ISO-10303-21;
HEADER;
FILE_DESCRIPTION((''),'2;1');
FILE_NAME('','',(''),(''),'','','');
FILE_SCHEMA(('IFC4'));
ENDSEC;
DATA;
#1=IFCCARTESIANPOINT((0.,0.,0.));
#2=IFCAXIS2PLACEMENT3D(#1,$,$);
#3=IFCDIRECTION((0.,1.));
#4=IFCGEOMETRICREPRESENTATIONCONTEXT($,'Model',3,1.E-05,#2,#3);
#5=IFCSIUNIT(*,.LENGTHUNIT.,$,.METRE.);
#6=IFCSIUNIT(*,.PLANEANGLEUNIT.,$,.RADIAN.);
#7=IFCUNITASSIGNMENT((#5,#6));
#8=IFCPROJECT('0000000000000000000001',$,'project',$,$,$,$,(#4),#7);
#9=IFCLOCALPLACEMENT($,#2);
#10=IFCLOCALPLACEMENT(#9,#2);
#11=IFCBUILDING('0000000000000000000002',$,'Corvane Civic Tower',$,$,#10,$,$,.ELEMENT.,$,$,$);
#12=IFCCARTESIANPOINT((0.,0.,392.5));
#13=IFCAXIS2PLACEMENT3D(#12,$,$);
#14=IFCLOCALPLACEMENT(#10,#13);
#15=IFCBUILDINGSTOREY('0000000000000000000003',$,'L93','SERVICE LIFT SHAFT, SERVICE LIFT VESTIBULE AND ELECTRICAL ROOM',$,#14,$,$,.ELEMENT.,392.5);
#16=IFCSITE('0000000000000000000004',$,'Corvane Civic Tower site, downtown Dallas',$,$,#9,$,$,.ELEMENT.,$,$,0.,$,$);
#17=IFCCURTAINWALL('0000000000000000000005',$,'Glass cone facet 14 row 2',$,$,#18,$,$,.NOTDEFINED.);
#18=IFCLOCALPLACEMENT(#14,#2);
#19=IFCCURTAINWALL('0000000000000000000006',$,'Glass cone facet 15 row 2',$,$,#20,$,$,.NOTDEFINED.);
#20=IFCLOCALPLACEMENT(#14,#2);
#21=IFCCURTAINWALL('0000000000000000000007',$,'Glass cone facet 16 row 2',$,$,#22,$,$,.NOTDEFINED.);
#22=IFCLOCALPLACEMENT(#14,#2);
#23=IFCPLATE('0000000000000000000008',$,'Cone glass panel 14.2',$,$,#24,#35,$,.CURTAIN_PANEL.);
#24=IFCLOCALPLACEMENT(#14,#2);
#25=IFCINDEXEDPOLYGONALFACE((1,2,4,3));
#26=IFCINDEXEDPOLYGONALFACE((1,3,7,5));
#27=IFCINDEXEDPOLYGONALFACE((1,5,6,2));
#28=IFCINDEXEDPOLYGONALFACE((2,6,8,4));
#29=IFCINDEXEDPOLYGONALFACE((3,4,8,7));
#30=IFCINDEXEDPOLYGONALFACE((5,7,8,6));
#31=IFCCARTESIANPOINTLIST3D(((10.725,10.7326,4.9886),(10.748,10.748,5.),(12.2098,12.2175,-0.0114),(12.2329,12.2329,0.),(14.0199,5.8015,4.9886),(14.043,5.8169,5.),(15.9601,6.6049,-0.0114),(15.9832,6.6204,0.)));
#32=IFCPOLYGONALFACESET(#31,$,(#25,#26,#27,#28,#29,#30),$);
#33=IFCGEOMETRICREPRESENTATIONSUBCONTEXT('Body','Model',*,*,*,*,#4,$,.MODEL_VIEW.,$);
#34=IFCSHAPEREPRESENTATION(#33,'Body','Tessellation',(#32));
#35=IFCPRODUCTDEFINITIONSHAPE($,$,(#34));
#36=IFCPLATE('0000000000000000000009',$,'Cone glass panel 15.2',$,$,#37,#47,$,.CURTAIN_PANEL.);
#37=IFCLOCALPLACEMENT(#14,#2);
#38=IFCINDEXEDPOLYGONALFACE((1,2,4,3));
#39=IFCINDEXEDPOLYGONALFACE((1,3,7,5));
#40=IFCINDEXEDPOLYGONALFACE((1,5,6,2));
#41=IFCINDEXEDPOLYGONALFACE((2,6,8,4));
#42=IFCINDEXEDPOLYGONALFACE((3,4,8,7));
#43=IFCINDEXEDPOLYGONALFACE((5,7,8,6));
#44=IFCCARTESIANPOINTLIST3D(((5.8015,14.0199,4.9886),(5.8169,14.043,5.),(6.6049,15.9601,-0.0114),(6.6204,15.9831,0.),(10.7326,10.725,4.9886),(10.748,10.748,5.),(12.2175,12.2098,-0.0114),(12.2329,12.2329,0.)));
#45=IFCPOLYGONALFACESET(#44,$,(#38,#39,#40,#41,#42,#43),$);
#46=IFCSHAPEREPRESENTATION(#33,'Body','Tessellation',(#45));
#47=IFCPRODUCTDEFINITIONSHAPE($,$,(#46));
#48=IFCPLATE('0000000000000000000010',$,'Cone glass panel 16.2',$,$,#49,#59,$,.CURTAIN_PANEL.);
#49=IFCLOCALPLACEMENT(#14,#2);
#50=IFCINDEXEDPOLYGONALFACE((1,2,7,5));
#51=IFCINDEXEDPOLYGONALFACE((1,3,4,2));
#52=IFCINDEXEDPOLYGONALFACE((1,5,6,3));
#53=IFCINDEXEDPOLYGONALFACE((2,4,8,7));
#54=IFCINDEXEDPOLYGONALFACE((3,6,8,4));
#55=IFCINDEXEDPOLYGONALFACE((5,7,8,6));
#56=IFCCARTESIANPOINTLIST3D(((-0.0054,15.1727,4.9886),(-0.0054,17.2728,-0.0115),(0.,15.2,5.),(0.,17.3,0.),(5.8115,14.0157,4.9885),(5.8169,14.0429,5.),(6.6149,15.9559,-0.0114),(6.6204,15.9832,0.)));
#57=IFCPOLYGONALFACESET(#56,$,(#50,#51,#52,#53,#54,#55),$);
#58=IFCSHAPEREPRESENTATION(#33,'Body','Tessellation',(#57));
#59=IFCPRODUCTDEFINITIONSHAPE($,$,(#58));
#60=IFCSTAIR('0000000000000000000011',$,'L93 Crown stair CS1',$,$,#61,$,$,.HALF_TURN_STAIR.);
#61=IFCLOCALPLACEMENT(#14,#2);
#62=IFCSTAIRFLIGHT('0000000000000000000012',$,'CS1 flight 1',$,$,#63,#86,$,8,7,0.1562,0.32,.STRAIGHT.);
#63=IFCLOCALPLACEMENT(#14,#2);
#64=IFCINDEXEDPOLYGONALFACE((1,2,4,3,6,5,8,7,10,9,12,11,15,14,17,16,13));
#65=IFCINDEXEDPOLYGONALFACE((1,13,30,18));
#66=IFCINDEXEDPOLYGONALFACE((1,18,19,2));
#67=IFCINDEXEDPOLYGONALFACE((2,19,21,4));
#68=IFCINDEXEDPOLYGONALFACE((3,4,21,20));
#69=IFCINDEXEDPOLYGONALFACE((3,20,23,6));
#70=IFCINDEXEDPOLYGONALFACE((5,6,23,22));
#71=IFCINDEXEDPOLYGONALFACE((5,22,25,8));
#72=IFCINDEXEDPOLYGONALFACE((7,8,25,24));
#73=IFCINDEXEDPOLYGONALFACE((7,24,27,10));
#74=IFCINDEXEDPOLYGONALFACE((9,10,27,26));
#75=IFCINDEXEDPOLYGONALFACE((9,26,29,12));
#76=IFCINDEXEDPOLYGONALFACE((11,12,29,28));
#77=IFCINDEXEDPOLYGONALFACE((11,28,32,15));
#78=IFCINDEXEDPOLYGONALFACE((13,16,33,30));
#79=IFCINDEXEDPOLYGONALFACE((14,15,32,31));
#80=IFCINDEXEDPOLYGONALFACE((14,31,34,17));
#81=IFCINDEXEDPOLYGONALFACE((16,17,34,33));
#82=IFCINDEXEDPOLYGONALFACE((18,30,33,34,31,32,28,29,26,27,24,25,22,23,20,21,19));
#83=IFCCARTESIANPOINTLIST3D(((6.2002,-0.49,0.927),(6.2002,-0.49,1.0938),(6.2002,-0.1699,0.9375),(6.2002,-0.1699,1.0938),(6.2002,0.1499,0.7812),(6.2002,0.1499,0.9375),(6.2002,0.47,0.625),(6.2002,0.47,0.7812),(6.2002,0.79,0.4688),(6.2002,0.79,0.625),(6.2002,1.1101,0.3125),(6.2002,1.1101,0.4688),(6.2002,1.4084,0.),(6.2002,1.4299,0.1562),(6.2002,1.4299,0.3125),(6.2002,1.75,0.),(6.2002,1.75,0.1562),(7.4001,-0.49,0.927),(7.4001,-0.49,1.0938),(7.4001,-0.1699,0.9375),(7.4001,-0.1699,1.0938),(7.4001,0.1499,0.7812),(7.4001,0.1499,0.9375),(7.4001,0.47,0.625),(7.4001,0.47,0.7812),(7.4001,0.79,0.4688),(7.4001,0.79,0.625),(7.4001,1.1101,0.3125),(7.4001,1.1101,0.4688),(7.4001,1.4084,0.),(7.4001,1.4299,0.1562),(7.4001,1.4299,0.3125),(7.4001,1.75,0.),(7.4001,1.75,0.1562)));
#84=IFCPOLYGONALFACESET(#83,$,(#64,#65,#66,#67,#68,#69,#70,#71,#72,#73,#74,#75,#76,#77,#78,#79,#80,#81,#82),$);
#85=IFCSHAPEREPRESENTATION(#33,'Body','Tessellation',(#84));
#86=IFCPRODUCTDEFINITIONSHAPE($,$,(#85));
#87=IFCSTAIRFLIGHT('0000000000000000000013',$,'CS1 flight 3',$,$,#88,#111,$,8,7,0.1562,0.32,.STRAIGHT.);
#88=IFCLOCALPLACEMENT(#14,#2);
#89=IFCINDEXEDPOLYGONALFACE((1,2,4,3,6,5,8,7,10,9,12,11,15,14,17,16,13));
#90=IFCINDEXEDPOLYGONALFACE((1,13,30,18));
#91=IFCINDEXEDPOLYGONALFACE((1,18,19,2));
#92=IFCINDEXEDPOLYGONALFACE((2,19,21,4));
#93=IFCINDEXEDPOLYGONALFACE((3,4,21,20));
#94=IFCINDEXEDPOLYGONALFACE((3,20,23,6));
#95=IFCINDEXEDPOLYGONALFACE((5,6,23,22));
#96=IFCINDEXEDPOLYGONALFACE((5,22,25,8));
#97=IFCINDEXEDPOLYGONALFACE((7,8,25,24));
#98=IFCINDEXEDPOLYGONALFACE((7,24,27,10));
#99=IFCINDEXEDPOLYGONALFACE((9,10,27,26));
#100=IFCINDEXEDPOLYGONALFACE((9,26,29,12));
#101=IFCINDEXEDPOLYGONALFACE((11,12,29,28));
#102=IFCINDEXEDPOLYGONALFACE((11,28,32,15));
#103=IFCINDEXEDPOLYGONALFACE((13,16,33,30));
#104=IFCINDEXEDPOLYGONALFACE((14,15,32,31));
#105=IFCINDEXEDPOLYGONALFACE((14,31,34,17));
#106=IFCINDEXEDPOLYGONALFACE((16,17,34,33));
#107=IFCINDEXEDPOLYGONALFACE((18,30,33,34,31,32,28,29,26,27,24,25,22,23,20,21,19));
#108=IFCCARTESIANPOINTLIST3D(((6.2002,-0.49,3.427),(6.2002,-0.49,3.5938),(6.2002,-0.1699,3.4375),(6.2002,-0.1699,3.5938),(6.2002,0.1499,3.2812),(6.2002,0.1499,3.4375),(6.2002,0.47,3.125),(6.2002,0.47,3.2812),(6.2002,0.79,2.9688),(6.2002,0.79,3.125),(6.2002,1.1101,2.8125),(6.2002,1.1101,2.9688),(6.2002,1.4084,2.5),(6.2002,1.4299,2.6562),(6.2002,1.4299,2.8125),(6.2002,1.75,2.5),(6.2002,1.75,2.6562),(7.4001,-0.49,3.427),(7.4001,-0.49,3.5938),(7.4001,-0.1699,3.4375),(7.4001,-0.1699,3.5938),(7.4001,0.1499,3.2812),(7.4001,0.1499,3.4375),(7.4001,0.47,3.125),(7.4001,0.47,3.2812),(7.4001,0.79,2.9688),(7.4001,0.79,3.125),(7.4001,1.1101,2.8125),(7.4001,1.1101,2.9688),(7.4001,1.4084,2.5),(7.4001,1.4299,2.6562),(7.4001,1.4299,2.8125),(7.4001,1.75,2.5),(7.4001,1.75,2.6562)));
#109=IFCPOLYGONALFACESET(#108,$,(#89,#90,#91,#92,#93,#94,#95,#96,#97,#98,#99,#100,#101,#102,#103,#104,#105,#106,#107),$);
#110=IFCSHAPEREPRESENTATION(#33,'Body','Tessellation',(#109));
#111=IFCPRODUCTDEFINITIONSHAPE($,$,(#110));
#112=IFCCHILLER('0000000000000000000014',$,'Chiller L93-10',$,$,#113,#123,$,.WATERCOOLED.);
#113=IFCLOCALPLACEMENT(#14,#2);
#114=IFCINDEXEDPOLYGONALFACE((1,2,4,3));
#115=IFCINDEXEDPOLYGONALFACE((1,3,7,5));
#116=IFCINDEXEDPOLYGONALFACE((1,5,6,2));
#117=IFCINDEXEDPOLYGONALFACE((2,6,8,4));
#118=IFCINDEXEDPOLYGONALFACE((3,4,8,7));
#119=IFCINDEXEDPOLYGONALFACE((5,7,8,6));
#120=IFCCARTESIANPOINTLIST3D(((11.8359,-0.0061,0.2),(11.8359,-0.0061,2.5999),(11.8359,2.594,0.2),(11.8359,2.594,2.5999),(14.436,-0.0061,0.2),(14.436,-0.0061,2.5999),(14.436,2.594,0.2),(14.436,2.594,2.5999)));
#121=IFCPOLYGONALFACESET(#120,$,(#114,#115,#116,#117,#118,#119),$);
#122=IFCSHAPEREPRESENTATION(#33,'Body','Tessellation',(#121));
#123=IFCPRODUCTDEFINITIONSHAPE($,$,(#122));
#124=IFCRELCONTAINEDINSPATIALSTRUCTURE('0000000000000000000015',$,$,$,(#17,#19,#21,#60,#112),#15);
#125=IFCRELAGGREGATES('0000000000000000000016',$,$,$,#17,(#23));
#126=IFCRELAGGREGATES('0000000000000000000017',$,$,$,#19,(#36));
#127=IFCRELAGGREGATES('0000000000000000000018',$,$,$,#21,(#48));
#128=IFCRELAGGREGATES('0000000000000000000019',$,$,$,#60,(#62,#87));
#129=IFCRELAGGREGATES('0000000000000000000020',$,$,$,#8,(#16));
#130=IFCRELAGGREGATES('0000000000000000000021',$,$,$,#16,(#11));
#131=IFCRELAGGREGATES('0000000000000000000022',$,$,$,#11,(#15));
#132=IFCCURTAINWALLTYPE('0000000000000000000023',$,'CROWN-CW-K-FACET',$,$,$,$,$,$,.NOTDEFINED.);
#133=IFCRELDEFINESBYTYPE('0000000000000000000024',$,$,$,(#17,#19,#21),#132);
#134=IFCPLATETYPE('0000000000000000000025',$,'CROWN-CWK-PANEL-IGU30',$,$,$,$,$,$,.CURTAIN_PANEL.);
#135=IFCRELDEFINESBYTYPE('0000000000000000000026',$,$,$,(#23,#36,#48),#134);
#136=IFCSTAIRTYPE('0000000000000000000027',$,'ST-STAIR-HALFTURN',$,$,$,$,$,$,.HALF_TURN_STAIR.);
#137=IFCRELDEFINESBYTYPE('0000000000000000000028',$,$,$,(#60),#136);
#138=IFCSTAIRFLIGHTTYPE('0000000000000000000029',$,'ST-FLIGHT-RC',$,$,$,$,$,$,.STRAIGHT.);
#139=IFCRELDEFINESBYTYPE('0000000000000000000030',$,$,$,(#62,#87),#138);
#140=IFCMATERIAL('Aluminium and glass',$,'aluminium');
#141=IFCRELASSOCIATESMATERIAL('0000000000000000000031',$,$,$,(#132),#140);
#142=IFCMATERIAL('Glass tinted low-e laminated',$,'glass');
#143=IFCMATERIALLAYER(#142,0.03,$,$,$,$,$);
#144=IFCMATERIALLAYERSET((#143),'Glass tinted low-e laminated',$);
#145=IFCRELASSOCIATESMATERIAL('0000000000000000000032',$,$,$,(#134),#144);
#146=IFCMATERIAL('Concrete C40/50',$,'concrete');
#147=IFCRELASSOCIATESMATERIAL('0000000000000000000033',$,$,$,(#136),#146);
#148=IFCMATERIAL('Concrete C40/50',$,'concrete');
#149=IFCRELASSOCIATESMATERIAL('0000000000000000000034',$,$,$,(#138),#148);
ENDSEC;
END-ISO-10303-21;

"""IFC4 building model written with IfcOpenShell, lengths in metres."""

from ifc_helpers import new_model, si_unit, direction, frame, origin, origin_2d, place, context, subcontext, project, spatial, polyline, rectangle, outline, extrude, material, layer, layer_set, type_object, element, aggregate, save


model = new_model("IFC4")

# Units and contexts
model_context = context("Model", 3, precision=1e-05, world=origin(), true_north=direction((0.0, 1.0)))
body_context = subcontext(model_context, "Body", "Model", "MODEL_VIEW")
ifc_project = project(units=[si_unit("LENGTHUNIT", "METRE"), si_unit("PLANEANGLEUNIT", "RADIAN")], contexts=[model_context])

# Site, building, storey
site_placement = place(None, origin())
site = spatial("IfcSite", under=ifc_project, at=site_placement, Name="Corvane Civic Tower site, downtown Dallas", CompositionType="ELEMENT", RefElevation=0.0)
building_placement = place(site_placement, origin())
building = spatial("IfcBuilding", under=site, at=building_placement, Name="Corvane Civic Tower", CompositionType="ELEMENT")
storey_placement = place(building_placement, frame((0.0, 0.0, 392.5)))
storey = spatial("IfcBuildingStorey", under=building, at=storey_placement, Name="L93", Description="SERVICE LIFT SHAFT, SERVICE LIFT VESTIBULE AND ELECTRICAL ROOM", CompositionType="ELEMENT", Elevation=392.5)

# Curtain walls
ifc_material_1 = material(Name="Aluminium and glass", Category="aluminium")
curtain_wall_type = type_object("IfcCurtainWallType", Name="CROWN-CW-K-FACET", PredefinedType="NOTDEFINED", material=ifc_material_1)
curtain_wall_1_placement = place(storey_placement, origin())
curtain_wall_1 = element("IfcCurtainWall", 1, at=curtain_wall_1_placement, inside=storey, type_object=curtain_wall_type, Name="Glass cone facet 14 row 2", PredefinedType="NOTDEFINED")
curtain_wall_2_placement = place(storey_placement, origin())
curtain_wall_2 = element("IfcCurtainWall", 2, at=curtain_wall_2_placement, inside=storey, type_object=curtain_wall_type, Name="Glass cone facet 15 row 2", PredefinedType="NOTDEFINED")

# Curtain wall
curtain_wall_3_placement = place(storey_placement, origin())
curtain_wall_3 = element("IfcCurtainWall", 3, at=curtain_wall_3_placement, inside=storey, type_object=curtain_wall_type, Name="Glass cone facet 16 row 2", PredefinedType="NOTDEFINED")

# Plates
ifc_material_2 = material(Name="Glass tinted low-e laminated", Category="glass")
ifc_layer = layer(ifc_material_2, 0.03)
ifc_layer_set = layer_set([ifc_layer], Name="Glass tinted low-e laminated")
plate_type = type_object("IfcPlateType", Name="CROWN-CWK-PANEL-IGU30", PredefinedType="CURTAIN_PANEL", material=ifc_layer_set)
plate_1_placement = place(storey_placement, frame((15.9832, 6.6204, 0.0), z_axis=(0.768798, 0.513701, 0.380869), x_axis=(-0.555575, 0.831466, 0.0)))
plate_1 = element("IfcPlate", 4, at=plate_1_placement, type_object=plate_type, Name="Cone glass panel 14.2", PredefinedType="CURTAIN_PANEL", context=body_context, shape_type="SweptSolid", body=[
    extrude(outline(polyline([(0.0, 0.0), (6.7502, 0.0), (6.3405, 5.4076), (0.4099, 5.4076), (0.0, 0.0)])), origin(), (0.0, 0.0, -1.0), 0.03),
])
aggregate(curtain_wall_1, [plate_1])
plate_2_placement = place(storey_placement, frame((12.2329, 12.2329, 0.0), z_axis=(0.513701, 0.768798, 0.380869), x_axis=(-0.831466, 0.555575, 0.0)))
plate_2 = element("IfcPlate", 5, at=plate_2_placement, type_object=plate_type, Name="Cone glass panel 15.2", PredefinedType="CURTAIN_PANEL", context=body_context, shape_type="SweptSolid", body=[
    extrude(outline(polyline([(0.0, 0.0), (6.7502, 0.0), (6.3403, 5.4076), (0.4097, 5.4076), (0.0, 0.0)])), origin(), (0.0, 0.0, -1.0), 0.03),
])
aggregate(curtain_wall_2, [plate_2])
plate_3_placement = place(storey_placement, frame((6.6204, 15.9832, 0.0), z_axis=(0.180381, 0.906855, 0.380888), x_axis=(-0.980786, 0.195088, -0.000002)))
plate_3 = element("IfcPlate", 6, at=plate_3_placement, type_object=plate_type, Name="Cone glass panel 16.2", PredefinedType="CURTAIN_PANEL", context=body_context, shape_type="SweptSolid", body=[
    extrude(outline(polyline([(0.0, 0.0), (6.7501, 0.0), (6.3404, 5.4076), (0.4095, 5.4076), (0.0, 0.0)])), origin(), (0.0, 0.0, -1.0), 0.03),
])
aggregate(curtain_wall_3, [plate_3])

# Stair, stair flights
ifc_material_3 = material(Name="Concrete C40/50", Category="concrete")
stair_type = type_object("IfcStairType", Name="ST-STAIR-HALFTURN", PredefinedType="HALF_TURN_STAIR", material=ifc_material_3)
stair_placement = place(storey_placement, origin())
stair = element("IfcStair", 7, at=stair_placement, inside=storey, type_object=stair_type, Name="L93 Crown stair CS1", PredefinedType="HALF_TURN_STAIR")
ifc_material_4 = material(Name="Concrete C40/50", Category="concrete")
stair_flight_type = type_object("IfcStairFlightType", Name="ST-FLIGHT-RC", PredefinedType="STRAIGHT", material=ifc_material_4)
stair_flight_1_placement = place(storey_placement, frame((6.8, 1.75, 0.0), z_axis=(0.0, 0.0, 1.0), x_axis=(0.0, -1.0, 0.0)))
stair_flight_1 = element("IfcStairFlight", 8, at=stair_flight_1_placement, type_object=stair_flight_type, Name="CS1 flight 1", NumberOfRisers=8, NumberOfTreads=7, PredefinedType="STRAIGHT", RiserHeight=0.1562, TreadLength=0.32, context=body_context, shape_type="SweptSolid", body=[
    extrude(outline(polyline([(0.0, 0.0), (0.0, 0.1562), (0.3201, 0.1562), (0.3201, 0.3125), (0.6399, 0.3125), (0.6399, 0.4688), (0.96, 0.4688), (0.96, 0.625), (1.28, 0.625), (1.28, 0.7812), (1.6001, 0.7812), (1.6001, 0.9375), (1.9199, 0.9375), (1.9199, 1.0938), (2.24, 1.0938), (2.24, 1.25), (2.24, 0.927), (0.3416, 0.0), (0.0, 0.0)])), frame((0.0, 0.6001, 0.0), z_axis=(0.0, -1.0, 0.0), x_axis=(1.0, 0.0, 0.0)), (0.0, 0.0, 1.0), 1.2),
])
stair_flight_2_placement = place(storey_placement, frame((6.8, 1.75, 2.5), z_axis=(0.0, 0.0, 1.0), x_axis=(0.0, -1.0, 0.0)))
stair_flight_2 = element("IfcStairFlight", 9, at=stair_flight_2_placement, type_object=stair_flight_type, Name="CS1 flight 3", NumberOfRisers=8, NumberOfTreads=7, PredefinedType="STRAIGHT", RiserHeight=0.1562, TreadLength=0.32, context=body_context, shape_type="SweptSolid", body=[
    extrude(outline(polyline([(0.0, 0.0), (0.0, 0.1562), (0.3201, 0.1562), (0.3201, 0.3125), (0.6399, 0.3125), (0.6399, 0.4688), (0.96, 0.4688), (0.96, 0.625), (1.28, 0.625), (1.28, 0.7812), (1.6001, 0.7812), (1.6001, 0.9375), (1.9199, 0.9375), (1.9199, 1.0938), (2.24, 1.0938), (2.24, 1.25), (2.24, 0.927), (0.3416, 0.0), (0.0, 0.0)])), frame((0.0, 0.6001, 0.0), z_axis=(0.0, -1.0, 0.0), x_axis=(1.0, 0.0, 0.0)), (0.0, 0.0, 1.0), 1.2),
])
aggregate(stair, [stair_flight_1, stair_flight_2])

# Chiller
chiller_placement = place(storey_placement, frame((13.136, 1.2939, 0.2), z_axis=(0.0, 0.0, 1.0), x_axis=(1.0, 0.0, 0.0)))
element("IfcChiller", 10, at=chiller_placement, inside=storey, Name="Chiller L93-10", PredefinedType="WATERCOOLED", context=body_context, shape_type="SweptSolid", body=[
    extrude(rectangle(XDim=2.6001, YDim=2.6001, at=origin_2d()), origin(), (0.0, 0.0, 1.0), 2.3999),
])

save(model, "model.ifc")
